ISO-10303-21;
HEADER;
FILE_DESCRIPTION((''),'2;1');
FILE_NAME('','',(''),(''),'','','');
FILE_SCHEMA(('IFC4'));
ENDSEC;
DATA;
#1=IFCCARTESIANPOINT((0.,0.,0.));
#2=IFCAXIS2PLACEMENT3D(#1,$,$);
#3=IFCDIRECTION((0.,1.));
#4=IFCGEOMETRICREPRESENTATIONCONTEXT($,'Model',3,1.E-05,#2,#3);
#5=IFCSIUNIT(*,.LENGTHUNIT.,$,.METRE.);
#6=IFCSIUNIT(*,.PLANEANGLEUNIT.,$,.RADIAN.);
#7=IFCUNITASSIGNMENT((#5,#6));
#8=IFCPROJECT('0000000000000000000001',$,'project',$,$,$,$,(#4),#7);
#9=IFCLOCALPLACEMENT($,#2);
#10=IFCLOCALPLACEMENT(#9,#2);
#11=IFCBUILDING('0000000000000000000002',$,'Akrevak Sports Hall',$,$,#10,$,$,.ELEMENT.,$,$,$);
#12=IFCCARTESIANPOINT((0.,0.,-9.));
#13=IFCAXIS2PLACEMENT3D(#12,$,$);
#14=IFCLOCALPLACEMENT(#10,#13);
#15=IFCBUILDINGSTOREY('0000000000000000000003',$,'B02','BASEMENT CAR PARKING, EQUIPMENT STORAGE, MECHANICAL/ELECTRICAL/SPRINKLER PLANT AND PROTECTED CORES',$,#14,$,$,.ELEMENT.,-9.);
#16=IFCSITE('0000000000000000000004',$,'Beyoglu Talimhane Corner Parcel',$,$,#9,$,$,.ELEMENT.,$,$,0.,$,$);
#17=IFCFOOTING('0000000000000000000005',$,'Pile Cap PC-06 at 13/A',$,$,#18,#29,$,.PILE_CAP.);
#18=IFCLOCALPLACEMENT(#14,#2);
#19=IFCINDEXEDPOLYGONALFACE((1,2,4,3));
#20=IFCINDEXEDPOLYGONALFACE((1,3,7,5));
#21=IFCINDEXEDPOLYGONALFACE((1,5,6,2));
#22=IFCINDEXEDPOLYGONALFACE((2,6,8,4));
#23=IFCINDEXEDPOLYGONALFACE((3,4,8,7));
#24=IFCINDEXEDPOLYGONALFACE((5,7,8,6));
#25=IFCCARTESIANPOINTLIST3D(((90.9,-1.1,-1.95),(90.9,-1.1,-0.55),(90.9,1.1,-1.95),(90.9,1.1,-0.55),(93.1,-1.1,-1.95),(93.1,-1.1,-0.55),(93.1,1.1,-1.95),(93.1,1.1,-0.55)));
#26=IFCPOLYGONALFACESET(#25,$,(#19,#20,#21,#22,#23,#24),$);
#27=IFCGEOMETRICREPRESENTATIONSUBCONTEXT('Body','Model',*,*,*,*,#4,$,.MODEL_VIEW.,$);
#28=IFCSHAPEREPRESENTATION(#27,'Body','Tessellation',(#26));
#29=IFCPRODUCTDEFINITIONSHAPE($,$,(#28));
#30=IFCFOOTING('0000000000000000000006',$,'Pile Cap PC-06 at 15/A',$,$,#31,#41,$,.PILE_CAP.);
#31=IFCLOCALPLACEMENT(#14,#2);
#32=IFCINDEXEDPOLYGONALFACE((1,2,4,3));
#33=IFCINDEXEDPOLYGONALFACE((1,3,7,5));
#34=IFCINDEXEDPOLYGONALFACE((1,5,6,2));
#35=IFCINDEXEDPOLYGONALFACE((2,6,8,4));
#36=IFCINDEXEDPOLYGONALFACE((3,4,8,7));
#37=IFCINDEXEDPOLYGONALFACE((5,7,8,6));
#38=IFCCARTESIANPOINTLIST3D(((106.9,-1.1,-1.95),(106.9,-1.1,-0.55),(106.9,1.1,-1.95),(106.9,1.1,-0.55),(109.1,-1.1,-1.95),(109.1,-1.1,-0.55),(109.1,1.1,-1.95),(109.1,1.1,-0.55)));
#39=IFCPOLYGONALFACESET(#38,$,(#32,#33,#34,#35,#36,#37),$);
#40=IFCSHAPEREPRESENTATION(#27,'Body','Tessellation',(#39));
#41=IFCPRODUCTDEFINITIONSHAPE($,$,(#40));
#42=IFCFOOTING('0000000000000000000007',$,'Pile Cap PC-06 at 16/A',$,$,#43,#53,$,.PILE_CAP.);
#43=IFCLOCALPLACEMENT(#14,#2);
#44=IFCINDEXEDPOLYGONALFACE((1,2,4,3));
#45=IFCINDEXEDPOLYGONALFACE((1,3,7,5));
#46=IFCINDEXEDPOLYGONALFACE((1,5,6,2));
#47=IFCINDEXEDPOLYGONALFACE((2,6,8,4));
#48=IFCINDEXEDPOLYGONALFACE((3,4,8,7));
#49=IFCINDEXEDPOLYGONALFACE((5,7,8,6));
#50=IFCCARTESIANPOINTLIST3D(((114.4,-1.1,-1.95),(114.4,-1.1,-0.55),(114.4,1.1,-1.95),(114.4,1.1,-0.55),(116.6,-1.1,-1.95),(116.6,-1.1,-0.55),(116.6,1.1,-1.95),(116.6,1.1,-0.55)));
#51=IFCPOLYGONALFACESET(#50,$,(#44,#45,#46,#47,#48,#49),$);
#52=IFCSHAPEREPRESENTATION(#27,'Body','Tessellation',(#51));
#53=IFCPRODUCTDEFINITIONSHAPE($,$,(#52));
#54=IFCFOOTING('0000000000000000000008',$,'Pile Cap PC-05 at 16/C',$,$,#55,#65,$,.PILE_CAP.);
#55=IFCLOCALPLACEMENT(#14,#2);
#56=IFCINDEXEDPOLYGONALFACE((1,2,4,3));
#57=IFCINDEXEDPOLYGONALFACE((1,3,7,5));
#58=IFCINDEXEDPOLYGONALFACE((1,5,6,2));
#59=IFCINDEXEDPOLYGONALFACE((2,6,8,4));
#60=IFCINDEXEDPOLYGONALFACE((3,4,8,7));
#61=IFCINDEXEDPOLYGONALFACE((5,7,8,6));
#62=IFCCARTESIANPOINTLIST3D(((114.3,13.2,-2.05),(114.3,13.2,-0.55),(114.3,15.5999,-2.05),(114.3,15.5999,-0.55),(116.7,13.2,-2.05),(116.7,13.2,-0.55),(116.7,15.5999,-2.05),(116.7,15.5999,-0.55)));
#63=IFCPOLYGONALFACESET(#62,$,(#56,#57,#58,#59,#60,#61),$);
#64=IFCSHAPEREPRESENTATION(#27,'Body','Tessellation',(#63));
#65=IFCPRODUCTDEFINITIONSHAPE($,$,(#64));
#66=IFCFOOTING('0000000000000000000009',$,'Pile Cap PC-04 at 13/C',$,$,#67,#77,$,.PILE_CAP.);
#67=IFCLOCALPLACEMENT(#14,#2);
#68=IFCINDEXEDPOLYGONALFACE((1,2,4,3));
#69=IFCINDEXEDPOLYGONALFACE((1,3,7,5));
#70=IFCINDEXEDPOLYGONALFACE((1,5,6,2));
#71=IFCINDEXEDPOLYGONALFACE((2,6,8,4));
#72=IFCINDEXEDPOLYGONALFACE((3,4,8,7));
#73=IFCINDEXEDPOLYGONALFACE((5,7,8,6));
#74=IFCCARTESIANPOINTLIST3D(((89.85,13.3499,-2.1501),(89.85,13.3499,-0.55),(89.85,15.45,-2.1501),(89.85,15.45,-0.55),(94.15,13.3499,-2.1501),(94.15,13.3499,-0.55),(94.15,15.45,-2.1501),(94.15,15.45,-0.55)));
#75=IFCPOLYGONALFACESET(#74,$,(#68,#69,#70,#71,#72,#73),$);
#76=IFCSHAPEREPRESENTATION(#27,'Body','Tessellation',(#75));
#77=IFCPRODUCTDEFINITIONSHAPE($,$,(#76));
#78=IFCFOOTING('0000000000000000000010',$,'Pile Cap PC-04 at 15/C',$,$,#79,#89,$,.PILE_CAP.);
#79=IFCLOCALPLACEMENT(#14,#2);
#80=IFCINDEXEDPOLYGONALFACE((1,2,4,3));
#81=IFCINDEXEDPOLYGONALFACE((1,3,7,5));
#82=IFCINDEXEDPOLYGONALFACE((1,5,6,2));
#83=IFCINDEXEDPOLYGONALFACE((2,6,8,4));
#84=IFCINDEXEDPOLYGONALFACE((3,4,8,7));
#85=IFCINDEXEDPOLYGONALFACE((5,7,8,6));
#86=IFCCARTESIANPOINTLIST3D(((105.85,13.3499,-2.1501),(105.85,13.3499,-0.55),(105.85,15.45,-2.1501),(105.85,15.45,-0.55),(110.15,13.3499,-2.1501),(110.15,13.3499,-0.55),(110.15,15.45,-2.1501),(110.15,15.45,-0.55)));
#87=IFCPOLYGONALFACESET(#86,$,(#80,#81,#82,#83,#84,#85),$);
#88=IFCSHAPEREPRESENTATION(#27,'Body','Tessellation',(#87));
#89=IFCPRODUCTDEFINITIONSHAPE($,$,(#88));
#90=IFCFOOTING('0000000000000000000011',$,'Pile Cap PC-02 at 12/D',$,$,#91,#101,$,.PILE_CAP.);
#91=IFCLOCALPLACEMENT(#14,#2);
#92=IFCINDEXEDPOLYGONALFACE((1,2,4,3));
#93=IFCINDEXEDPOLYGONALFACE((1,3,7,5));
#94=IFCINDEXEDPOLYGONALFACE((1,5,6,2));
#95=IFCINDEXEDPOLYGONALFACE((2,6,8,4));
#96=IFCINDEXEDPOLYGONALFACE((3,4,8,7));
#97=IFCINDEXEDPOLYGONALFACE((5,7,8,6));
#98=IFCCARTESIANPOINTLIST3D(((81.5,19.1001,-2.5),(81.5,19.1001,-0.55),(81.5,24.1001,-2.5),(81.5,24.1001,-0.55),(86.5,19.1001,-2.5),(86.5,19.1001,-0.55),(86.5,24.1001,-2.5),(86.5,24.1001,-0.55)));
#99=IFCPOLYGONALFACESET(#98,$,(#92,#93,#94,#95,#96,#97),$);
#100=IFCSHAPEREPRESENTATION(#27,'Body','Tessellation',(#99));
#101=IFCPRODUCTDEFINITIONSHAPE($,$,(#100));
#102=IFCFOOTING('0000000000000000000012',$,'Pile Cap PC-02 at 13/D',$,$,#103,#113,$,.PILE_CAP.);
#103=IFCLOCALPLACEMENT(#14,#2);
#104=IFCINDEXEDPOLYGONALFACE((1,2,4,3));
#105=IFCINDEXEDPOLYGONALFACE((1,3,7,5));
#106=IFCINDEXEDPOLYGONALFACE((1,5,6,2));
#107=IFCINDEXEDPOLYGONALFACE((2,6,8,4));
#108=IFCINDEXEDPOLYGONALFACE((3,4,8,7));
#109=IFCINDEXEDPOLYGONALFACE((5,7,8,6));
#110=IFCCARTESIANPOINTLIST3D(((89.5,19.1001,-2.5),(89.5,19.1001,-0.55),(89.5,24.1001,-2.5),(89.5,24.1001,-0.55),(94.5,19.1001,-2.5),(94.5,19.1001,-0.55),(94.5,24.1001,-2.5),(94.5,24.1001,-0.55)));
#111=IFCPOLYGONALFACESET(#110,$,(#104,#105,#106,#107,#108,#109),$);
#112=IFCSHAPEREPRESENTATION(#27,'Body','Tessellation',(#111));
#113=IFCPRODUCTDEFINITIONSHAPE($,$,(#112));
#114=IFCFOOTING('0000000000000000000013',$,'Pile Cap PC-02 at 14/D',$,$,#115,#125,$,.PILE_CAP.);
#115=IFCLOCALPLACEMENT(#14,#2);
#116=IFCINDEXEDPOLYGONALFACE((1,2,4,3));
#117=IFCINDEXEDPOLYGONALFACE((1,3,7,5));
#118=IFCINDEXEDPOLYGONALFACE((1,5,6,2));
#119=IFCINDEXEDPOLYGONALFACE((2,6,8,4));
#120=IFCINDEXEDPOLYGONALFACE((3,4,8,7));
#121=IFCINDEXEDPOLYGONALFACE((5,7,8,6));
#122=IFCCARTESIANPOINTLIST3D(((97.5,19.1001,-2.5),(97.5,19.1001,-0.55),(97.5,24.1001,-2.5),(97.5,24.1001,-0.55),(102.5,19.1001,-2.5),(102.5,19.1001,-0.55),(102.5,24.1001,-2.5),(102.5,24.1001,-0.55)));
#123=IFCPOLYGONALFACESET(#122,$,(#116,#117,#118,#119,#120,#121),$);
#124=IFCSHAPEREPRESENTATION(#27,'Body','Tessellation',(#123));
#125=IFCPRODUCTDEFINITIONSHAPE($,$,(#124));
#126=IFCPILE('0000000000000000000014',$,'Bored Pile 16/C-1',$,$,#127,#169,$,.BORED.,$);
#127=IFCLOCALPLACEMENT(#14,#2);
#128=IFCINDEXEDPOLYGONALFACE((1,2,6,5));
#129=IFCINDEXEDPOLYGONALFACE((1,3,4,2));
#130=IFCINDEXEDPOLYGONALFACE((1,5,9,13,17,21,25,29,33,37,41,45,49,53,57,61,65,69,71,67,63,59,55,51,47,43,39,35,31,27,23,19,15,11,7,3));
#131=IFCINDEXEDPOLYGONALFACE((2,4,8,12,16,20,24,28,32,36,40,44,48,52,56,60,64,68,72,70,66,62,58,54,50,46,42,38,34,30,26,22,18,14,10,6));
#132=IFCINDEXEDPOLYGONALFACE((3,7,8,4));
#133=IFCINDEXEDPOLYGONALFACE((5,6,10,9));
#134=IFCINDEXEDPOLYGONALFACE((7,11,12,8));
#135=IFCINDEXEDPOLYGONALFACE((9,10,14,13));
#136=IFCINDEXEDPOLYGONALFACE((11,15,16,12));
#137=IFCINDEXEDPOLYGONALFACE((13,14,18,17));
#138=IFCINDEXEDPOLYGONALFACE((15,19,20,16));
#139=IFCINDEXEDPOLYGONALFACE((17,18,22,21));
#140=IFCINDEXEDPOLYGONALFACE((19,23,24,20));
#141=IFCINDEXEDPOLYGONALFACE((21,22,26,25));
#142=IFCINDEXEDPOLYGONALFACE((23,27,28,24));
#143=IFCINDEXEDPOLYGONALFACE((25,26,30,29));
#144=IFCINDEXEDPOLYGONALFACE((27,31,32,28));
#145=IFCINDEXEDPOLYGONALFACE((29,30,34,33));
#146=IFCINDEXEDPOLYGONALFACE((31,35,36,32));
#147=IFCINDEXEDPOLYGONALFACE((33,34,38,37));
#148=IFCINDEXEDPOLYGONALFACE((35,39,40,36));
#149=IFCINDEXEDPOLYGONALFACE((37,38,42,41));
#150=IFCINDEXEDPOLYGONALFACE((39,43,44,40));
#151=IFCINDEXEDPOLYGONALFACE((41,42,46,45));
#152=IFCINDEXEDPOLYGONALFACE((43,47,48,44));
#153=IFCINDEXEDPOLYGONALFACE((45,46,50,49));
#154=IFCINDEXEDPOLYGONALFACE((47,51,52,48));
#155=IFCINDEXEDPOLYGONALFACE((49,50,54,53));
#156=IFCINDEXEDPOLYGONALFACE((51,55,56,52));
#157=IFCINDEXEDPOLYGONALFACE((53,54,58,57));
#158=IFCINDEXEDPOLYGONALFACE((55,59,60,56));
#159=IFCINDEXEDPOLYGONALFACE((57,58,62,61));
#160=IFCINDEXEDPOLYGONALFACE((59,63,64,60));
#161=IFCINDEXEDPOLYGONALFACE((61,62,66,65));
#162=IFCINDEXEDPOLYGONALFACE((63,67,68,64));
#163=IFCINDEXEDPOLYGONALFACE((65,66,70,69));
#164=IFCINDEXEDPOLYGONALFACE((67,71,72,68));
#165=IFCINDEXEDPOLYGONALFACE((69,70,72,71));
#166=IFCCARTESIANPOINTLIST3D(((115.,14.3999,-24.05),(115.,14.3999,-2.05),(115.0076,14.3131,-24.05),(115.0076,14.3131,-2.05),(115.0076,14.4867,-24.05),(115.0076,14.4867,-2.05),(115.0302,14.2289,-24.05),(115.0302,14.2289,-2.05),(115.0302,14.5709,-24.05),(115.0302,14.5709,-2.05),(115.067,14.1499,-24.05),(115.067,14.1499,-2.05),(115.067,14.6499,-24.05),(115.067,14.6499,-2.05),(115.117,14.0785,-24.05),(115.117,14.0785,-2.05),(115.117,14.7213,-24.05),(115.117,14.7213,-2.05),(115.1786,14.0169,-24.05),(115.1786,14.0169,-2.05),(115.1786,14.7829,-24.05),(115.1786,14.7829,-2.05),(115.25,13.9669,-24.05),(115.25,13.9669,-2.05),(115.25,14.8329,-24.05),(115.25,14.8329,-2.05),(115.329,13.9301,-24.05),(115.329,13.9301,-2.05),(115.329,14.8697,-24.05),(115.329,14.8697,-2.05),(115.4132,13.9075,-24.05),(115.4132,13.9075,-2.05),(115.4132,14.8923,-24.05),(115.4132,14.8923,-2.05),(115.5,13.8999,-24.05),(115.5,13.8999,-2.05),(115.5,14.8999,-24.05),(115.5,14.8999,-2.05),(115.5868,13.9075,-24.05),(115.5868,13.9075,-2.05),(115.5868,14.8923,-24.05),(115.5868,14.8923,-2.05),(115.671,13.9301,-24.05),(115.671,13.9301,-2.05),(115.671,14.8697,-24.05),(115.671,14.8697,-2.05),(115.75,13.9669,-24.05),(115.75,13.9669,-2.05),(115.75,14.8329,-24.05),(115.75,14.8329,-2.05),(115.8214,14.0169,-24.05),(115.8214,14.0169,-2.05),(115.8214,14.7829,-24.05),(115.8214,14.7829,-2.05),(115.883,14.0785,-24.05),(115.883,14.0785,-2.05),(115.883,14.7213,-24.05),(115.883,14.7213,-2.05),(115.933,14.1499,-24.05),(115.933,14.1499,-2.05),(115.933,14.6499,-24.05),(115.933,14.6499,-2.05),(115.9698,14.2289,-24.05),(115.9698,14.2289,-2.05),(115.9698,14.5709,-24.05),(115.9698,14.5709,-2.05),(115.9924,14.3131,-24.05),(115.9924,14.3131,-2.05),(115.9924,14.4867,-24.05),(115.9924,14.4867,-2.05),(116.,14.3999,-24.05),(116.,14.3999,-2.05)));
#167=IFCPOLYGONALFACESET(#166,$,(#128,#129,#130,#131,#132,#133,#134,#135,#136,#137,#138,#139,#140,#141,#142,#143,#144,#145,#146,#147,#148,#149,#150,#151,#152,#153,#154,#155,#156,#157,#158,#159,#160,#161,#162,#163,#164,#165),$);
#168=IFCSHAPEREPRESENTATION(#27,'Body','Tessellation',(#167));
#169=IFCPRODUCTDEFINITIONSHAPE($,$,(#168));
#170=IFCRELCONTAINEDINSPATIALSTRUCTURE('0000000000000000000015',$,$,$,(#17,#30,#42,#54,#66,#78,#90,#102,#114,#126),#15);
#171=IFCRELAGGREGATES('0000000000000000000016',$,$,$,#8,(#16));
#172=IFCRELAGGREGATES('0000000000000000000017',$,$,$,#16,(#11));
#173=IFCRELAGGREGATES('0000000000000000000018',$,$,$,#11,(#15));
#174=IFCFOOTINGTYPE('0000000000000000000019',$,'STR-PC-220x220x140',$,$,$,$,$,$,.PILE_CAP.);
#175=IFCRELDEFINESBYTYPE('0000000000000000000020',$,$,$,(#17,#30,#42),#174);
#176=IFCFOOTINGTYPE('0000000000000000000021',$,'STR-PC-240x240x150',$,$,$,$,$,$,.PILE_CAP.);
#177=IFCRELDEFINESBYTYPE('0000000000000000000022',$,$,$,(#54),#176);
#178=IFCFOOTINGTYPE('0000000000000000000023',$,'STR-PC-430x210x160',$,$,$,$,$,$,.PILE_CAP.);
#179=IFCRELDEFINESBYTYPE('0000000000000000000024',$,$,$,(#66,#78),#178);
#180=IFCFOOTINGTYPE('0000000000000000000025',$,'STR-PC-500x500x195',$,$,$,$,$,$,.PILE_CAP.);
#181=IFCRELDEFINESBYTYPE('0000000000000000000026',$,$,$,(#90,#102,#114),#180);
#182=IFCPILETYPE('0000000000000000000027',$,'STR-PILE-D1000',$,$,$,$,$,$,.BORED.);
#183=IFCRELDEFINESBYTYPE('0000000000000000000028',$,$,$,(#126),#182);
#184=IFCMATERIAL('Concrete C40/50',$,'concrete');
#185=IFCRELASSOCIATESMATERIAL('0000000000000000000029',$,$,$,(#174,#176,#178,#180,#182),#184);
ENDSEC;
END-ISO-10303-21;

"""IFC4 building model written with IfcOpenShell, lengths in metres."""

from ifc_helpers import new_model, si_unit, direction, frame, origin, origin_2d, place, context, subcontext, project, spatial, rectangle, circle, extrude, material, material_profile, profile_set, type_object, element, save


model = new_model("IFC4")

# Units and contexts
model_context = context("Model", 3, precision=1e-05, world=origin(), true_north=direction((0.0, 1.0)))
body_context = subcontext(model_context, "Body", "Model", "MODEL_VIEW")
ifc_project = project(units=[si_unit("LENGTHUNIT", "METRE"), si_unit("PLANEANGLEUNIT", "RADIAN")], contexts=[model_context])

# Site, building, storey
site_placement = place(None, origin())
site = spatial("IfcSite", under=ifc_project, at=site_placement, Name="Beyoglu Talimhane Corner Parcel", CompositionType="ELEMENT", RefElevation=0.0)
building_placement = place(site_placement, origin())
building = spatial("IfcBuilding", under=site, at=building_placement, Name="Akrevak Sports Hall", CompositionType="ELEMENT")
storey_placement = place(building_placement, frame((0.0, 0.0, -9.0)))
storey = spatial("IfcBuildingStorey", under=building, at=storey_placement, Name="B02", Description="BASEMENT CAR PARKING, EQUIPMENT STORAGE, MECHANICAL/ELECTRICAL/SPRINKLER PLANT AND PROTECTED CORES", CompositionType="ELEMENT", Elevation=-9.0)

# Footings
ifc_material_1 = material(Name="Concrete C40/50", Category="concrete")
footing_type_1 = type_object("IfcFootingType", Name="STR-PC-220x220x140", PredefinedType="PILE_CAP", material=ifc_material_1)
for number, where, z_axis, x_axis, name in (
    (1, (92.0, 0.0, -1.95), (0.0, 0.0, 1.0), (1.0, 0.0, 0.0), "Pile Cap PC-06 at 13/A"),
    (2, (108.0, 0.0, -1.95), (0.0, 0.0, 1.0), (1.0, 0.0, 0.0), "Pile Cap PC-06 at 15/A"),
    (3, (115.5, 0.0, -1.95), (0.0, 0.0, 1.0), (1.0, 0.0, 0.0), "Pile Cap PC-06 at 16/A"),
):
    element("IfcFooting", number, at=place(storey_placement, frame(where, z_axis=z_axis, x_axis=x_axis)), inside=storey, type_object=footing_type_1, Name=name, PredefinedType="PILE_CAP", context=body_context, shape_type="SweptSolid", body=[
        extrude(rectangle(XDim=2.2, YDim=2.2, at=origin_2d()), origin(), (0.0, 0.0, 1.0), 1.3999),
    ])
footing_type_2 = type_object("IfcFootingType", Name="STR-PC-240x240x150", PredefinedType="PILE_CAP", material=ifc_material_1)
footing_1_placement = place(storey_placement, frame((115.5, 14.3999, -2.05), z_axis=(0.0, 0.0, 1.0), x_axis=(1.0, 0.0, 0.0)))
element("IfcFooting", 4, at=footing_1_placement, inside=storey, type_object=footing_type_2, Name="Pile Cap PC-05 at 16/C", PredefinedType="PILE_CAP", context=body_context, shape_type="SweptSolid", body=[
    extrude(rectangle(XDim=2.3999, YDim=2.3999, at=origin_2d()), origin(), (0.0, 0.0, 1.0), 1.5),
])
footing_type_3 = type_object("IfcFootingType", Name="STR-PC-430x210x160", PredefinedType="PILE_CAP", material=ifc_material_1)
for number, where, z_axis, x_axis, name in (
    (5, (92.0, 14.3999, -2.1501), (0.0, 0.0, 1.0), (1.0, 0.0, 0.0), "Pile Cap PC-04 at 13/C"),
    (6, (108.0, 14.3999, -2.1501), (0.0, 0.0, 1.0), (1.0, 0.0, 0.0), "Pile Cap PC-04 at 15/C"),
):
    element("IfcFooting", number, at=place(storey_placement, frame(where, z_axis=z_axis, x_axis=x_axis)), inside=storey, type_object=footing_type_3, Name=name, PredefinedType="PILE_CAP", context=body_context, shape_type="SweptSolid", body=[
        extrude(rectangle(XDim=4.3, YDim=2.1001, at=origin_2d()), origin(), (0.0, 0.0, 1.0), 1.6001),
    ])
footing_type_4 = type_object("IfcFootingType", Name="STR-PC-500x500x195", PredefinedType="PILE_CAP", material=ifc_material_1)
for number, where, z_axis, x_axis, name in (
    (7, (84.0, 21.6001, -2.5), (0.0, 0.0, 1.0), (1.0, 0.0, 0.0), "Pile Cap PC-02 at 12/D"),
    (8, (92.0, 21.6001, -2.5), (0.0, 0.0, 1.0), (1.0, 0.0, 0.0), "Pile Cap PC-02 at 13/D"),
    (9, (100.0, 21.6001, -2.5), (0.0, 0.0, 1.0), (1.0, 0.0, 0.0), "Pile Cap PC-02 at 14/D"),
):
    element("IfcFooting", number, at=place(storey_placement, frame(where, z_axis=z_axis, x_axis=x_axis)), inside=storey, type_object=footing_type_4, Name=name, PredefinedType="PILE_CAP", context=body_context, shape_type="SweptSolid", body=[
        extrude(rectangle(XDim=5.0, YDim=5.0, at=origin_2d()), origin(), (0.0, 0.0, 1.0), 1.95),
    ])

# Pile
ifc_material_profile_1 = material_profile(ifc_material_1, circle(Radius=0.5, at=origin_2d()), Name="BORED PILE D1000", Category="concrete")
ifc_profile_set_1 = profile_set([ifc_material_profile_1], Name="Concrete C40/50")
pile_type_1 = type_object("IfcPileType", Name="STR-PILE-D1000", PredefinedType="BORED", material=ifc_profile_set_1)
pile_placement = place(storey_placement, frame((115.5, 14.3999, -2.05), z_axis=(0.0, 0.0, -1.0), x_axis=(1.0, 0.0, 0.0)))
element("IfcPile", 10, at=pile_placement, inside=storey, type_object=pile_type_1, Name="Bored Pile 16/C-1", PredefinedType="BORED", context=body_context, shape_type="SweptSolid", body=[
    extrude(circle(Radius=0.5, at=origin_2d()), origin(), (0.0, 0.0, 1.0), 22.0),
])

save(model, "model.ifc")
